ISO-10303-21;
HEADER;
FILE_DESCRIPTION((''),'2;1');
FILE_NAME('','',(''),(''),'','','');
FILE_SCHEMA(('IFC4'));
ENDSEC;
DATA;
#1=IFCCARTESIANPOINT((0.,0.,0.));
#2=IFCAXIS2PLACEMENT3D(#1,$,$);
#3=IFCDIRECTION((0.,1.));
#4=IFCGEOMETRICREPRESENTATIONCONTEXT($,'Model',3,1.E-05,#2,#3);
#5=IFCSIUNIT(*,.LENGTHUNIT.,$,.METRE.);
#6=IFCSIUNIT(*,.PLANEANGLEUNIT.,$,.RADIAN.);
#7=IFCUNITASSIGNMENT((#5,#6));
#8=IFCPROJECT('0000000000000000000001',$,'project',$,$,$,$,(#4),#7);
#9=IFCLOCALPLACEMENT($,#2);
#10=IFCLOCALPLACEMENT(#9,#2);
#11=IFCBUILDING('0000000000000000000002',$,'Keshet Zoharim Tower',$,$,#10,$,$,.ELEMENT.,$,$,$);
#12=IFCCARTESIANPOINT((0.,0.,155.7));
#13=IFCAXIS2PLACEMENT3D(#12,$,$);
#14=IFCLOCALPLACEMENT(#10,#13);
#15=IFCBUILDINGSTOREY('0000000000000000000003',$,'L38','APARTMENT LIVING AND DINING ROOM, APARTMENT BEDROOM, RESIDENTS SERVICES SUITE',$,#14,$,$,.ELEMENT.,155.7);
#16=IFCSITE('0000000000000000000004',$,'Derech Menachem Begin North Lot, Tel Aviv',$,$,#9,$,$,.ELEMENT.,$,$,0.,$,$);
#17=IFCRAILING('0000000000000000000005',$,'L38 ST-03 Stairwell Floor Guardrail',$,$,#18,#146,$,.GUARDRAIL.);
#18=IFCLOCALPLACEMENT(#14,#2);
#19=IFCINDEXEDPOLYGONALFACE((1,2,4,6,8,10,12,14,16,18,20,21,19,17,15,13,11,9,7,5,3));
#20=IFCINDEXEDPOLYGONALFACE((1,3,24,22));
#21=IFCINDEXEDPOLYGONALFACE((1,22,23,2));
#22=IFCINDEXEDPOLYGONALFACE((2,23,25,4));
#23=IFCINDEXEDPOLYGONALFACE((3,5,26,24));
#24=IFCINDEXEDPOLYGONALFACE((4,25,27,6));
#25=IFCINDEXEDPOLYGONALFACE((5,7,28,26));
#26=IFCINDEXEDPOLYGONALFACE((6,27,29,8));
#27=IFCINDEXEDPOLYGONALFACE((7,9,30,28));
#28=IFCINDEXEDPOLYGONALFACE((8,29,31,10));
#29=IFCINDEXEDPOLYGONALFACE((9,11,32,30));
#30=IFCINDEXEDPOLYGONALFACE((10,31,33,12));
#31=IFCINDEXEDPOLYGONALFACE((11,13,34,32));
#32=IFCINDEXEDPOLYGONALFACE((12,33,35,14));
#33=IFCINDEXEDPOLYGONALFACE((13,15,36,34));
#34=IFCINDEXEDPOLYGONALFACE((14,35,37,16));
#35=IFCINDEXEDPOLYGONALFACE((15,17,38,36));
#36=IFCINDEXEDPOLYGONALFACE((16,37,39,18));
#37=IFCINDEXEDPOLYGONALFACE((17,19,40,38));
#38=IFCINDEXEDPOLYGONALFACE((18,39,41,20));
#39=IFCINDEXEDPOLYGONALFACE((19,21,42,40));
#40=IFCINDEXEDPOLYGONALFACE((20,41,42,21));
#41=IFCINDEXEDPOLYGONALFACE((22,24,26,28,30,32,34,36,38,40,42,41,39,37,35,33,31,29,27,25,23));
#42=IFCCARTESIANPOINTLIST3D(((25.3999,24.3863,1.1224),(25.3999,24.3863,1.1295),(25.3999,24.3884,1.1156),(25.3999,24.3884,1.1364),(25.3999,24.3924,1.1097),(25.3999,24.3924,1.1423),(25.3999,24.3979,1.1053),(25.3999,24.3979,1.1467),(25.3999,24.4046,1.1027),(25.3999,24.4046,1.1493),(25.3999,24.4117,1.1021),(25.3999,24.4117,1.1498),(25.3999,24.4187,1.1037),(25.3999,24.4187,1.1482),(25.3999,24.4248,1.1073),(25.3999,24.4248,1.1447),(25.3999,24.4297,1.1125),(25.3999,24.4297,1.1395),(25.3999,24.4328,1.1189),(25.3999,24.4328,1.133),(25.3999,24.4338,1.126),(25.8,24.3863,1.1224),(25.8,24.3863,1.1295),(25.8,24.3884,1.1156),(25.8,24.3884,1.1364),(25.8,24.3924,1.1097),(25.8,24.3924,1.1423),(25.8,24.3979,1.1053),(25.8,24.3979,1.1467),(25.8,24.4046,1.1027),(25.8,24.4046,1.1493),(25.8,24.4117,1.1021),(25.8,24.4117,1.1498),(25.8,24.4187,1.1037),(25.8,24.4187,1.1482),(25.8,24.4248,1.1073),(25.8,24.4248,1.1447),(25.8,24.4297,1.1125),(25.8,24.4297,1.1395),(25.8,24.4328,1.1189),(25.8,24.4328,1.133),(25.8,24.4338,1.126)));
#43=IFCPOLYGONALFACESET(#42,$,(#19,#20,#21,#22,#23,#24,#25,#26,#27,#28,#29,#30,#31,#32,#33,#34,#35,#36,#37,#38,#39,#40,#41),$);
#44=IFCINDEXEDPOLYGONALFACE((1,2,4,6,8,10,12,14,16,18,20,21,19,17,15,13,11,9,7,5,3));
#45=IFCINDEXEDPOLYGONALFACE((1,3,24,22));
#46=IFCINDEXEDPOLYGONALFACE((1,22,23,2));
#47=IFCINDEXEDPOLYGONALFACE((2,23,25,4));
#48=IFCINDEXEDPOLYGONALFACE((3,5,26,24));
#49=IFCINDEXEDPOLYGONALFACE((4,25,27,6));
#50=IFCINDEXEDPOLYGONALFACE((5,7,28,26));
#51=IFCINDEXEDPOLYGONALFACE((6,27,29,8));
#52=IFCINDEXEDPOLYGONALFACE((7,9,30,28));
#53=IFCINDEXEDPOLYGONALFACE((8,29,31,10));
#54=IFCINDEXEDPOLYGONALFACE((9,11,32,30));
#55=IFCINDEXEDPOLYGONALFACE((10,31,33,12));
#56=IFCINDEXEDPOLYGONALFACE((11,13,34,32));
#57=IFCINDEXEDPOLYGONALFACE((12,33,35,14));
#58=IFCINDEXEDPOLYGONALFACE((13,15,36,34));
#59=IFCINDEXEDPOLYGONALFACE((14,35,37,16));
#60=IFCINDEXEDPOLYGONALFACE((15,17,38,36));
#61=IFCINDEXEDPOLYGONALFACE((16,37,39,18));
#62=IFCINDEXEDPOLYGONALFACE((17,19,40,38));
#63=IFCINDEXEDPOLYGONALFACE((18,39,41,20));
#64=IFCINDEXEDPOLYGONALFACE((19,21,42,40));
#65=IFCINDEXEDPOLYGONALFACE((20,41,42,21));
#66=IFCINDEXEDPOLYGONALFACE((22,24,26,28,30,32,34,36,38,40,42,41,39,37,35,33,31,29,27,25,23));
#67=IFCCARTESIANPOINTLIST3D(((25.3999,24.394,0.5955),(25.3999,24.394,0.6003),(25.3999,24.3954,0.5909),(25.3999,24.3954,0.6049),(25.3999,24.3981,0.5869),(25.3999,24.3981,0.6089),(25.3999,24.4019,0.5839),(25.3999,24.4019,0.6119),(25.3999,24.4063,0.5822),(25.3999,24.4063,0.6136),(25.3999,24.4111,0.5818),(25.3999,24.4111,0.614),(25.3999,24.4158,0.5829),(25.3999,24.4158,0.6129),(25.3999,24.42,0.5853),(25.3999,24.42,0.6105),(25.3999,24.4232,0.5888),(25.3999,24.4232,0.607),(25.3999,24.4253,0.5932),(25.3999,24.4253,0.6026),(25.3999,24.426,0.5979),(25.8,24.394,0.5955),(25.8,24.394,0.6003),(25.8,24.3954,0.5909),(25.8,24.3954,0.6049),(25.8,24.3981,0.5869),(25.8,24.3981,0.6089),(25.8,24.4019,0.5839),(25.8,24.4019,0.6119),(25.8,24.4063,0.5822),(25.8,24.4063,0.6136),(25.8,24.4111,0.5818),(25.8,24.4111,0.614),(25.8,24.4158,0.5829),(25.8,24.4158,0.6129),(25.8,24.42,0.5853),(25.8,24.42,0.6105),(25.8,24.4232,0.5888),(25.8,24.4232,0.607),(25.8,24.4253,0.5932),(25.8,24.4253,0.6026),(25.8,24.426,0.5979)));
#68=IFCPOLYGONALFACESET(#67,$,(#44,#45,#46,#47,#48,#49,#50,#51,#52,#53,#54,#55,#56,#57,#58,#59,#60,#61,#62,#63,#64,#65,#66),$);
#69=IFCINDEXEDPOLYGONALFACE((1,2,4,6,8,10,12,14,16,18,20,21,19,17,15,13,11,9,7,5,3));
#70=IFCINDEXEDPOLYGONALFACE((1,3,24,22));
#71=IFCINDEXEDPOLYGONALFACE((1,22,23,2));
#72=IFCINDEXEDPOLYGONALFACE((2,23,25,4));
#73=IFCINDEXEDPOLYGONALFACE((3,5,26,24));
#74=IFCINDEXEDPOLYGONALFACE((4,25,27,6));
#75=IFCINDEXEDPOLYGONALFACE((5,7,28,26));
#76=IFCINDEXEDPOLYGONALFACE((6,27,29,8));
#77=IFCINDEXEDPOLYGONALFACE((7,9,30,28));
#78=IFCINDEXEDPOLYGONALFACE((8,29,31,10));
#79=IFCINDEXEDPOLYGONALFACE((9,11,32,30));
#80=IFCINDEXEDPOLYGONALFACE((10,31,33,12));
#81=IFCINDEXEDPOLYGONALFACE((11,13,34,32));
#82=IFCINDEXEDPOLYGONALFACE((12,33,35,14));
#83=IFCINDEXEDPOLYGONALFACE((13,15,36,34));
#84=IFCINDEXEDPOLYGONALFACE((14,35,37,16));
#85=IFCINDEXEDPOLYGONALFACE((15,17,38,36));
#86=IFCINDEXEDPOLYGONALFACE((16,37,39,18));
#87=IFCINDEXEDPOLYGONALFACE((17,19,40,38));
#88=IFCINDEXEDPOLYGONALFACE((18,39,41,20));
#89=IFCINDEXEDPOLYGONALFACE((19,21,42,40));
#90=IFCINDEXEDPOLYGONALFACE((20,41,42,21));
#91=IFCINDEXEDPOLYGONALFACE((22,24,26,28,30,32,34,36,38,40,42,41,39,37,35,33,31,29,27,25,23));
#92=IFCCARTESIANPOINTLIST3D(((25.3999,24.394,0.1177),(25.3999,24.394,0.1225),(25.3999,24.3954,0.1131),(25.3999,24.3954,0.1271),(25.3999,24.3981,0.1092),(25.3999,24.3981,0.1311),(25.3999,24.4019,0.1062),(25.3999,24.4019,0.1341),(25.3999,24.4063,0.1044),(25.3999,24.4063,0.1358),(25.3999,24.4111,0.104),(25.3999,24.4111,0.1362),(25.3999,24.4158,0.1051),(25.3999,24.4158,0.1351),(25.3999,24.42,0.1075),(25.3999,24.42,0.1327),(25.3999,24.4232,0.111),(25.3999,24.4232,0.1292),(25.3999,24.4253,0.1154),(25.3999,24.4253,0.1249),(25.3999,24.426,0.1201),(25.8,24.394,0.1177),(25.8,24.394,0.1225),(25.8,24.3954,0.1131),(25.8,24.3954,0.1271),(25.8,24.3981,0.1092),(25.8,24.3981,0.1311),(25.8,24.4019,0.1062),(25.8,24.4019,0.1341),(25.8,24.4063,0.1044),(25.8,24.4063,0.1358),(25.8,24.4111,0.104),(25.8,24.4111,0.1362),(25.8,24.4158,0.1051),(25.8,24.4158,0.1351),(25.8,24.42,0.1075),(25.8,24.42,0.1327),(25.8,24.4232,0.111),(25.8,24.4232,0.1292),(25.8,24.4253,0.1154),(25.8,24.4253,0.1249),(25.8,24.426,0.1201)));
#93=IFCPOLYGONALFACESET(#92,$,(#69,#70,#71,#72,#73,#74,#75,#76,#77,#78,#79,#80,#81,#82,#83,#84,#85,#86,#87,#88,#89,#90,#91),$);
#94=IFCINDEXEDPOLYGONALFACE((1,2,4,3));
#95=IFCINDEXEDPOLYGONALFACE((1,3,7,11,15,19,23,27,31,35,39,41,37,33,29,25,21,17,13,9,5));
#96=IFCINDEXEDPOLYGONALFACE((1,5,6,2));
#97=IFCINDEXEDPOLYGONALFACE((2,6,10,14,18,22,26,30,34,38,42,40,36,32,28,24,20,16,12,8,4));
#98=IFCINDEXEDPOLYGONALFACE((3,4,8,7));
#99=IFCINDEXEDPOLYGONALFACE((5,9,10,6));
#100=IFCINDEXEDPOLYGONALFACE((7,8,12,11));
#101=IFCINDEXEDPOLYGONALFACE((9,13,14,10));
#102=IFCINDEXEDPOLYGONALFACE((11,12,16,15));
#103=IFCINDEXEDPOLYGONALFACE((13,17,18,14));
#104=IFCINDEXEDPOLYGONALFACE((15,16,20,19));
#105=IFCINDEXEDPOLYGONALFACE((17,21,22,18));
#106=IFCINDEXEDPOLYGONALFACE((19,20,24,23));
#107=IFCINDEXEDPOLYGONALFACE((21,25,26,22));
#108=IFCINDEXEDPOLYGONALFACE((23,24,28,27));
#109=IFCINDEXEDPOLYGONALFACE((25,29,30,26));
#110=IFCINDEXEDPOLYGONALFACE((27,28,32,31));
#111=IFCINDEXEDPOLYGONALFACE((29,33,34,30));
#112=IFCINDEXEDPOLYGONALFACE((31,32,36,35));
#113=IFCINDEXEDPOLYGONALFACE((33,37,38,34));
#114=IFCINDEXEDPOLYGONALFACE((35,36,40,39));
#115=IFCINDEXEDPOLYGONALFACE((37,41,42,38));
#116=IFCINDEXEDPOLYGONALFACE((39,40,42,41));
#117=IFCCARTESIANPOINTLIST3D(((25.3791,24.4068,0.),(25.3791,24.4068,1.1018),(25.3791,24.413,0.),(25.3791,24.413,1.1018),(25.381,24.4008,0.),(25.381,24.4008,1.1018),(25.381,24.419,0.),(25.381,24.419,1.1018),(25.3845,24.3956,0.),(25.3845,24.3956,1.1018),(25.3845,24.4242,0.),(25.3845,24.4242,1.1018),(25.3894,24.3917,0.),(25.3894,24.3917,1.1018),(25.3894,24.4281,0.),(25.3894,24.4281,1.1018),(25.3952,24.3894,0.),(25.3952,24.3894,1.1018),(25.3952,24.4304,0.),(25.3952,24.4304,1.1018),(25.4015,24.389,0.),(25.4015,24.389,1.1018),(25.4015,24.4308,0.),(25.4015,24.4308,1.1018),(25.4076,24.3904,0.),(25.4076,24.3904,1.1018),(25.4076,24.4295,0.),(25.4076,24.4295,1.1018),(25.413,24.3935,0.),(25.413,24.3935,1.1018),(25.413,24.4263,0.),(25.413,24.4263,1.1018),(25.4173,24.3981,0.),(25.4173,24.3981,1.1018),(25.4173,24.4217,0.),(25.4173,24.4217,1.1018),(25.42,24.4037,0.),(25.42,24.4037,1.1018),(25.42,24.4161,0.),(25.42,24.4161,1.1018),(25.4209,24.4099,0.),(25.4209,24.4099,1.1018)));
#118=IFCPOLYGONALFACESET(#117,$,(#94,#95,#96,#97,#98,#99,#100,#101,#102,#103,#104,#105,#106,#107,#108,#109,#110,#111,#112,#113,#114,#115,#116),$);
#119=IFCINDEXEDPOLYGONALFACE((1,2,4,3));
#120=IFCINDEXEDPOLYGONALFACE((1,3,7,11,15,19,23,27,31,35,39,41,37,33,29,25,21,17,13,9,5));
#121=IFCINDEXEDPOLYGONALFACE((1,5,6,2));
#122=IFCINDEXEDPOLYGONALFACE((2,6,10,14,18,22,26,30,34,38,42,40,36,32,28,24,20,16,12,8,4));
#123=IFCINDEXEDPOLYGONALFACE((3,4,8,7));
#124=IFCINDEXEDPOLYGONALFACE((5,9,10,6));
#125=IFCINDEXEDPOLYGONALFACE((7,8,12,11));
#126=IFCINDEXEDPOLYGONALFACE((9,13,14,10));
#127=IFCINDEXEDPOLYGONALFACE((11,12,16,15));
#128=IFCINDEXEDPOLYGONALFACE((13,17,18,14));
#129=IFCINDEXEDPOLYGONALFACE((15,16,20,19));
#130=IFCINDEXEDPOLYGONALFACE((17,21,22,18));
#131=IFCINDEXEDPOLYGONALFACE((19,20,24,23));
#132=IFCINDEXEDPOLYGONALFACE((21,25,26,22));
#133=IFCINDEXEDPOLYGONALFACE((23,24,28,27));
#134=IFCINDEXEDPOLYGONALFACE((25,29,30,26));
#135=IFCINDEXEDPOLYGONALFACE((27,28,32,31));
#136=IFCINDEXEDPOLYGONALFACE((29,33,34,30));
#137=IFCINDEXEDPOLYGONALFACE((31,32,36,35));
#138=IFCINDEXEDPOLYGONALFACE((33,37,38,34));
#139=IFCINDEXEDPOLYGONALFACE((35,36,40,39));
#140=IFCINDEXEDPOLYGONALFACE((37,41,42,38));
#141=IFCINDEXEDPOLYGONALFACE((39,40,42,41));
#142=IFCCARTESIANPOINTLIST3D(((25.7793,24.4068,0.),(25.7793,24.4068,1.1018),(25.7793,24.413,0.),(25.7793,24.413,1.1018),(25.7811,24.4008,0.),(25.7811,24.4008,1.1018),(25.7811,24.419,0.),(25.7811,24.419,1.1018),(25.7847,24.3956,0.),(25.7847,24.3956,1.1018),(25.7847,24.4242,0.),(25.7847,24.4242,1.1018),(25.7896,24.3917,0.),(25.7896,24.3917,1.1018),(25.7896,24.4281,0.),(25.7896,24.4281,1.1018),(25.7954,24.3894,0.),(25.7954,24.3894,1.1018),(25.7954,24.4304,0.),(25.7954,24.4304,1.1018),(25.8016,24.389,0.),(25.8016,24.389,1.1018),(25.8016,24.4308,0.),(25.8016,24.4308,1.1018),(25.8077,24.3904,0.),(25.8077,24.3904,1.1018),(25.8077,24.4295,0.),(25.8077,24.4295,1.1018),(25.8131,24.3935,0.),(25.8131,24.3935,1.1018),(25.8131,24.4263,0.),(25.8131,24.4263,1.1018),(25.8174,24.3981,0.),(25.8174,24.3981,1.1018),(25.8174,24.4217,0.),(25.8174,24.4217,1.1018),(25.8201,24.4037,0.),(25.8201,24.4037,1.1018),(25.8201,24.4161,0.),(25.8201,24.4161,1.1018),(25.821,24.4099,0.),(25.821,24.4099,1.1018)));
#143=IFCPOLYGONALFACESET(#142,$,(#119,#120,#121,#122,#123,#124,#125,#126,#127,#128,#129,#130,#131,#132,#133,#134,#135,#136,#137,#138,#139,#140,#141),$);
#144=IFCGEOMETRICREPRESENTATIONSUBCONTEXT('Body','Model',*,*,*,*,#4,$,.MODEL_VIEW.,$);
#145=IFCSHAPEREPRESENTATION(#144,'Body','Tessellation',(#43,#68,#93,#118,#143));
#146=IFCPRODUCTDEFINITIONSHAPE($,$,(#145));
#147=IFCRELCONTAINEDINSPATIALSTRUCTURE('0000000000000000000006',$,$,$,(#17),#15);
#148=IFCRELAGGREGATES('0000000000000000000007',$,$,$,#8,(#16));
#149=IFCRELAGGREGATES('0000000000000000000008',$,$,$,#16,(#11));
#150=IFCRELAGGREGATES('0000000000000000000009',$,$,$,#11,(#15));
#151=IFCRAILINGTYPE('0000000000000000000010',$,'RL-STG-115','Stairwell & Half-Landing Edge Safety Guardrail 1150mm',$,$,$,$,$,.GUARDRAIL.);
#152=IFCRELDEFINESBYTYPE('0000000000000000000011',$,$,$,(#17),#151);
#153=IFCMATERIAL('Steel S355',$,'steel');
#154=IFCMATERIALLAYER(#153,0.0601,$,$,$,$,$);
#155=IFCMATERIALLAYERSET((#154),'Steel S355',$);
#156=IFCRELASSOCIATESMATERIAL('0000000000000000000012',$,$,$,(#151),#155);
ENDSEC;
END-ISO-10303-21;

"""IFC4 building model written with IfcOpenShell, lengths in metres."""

from ifc_helpers import new_model, si_unit, direction, frame, origin, origin_2d, place, context, subcontext, project, spatial, circle, extrude, material, layer, layer_set, type_object, element, save


model = new_model("IFC4")

# Units and contexts
model_context = context("Model", 3, precision=1e-05, world=origin(), true_north=direction((0.0, 1.0)))
body_context = subcontext(model_context, "Body", "Model", "MODEL_VIEW")
ifc_project = project(units=[si_unit("LENGTHUNIT", "METRE"), si_unit("PLANEANGLEUNIT", "RADIAN")], contexts=[model_context])

# Site, building, storey
site_placement = place(None, origin())
site = spatial("IfcSite", under=ifc_project, at=site_placement, Name="Derech Menachem Begin North Lot, Tel Aviv", CompositionType="ELEMENT", RefElevation=0.0)
building_placement = place(site_placement, origin())
building = spatial("IfcBuilding", under=site, at=building_placement, Name="Keshet Zoharim Tower", CompositionType="ELEMENT")
storey_placement = place(building_placement, frame((0.0, 0.0, 155.7)))
storey = spatial("IfcBuildingStorey", under=building, at=storey_placement, Name="L38", Description="APARTMENT LIVING AND DINING ROOM, APARTMENT BEDROOM, RESIDENTS SERVICES SUITE", CompositionType="ELEMENT", Elevation=155.7)

# Railing
ifc_material_1 = material(Name="Steel S355", Category="steel")
ifc_layer_1 = layer(ifc_material_1, 0.0601)
ifc_layer_set_1 = layer_set([ifc_layer_1], Name="Steel S355")
railing_type_1 = type_object("IfcRailingType", Name="RL-STG-115", Description="Stairwell & Half-Landing Edge Safety Guardrail 1150mm", PredefinedType="GUARDRAIL", material=ifc_layer_set_1)
railing_1_placement = place(storey_placement, frame((25.3999, 24.4099, 0.0)))
element("IfcRailing", 1, at=railing_1_placement, inside=storey, type_object=railing_type_1, Name="L38 ST-03 Stairwell Floor Guardrail", PredefinedType="GUARDRAIL", context=body_context, shape_type="SweptSolid", body=[
    extrude(circle(Radius=0.0239, at=origin_2d()), frame((0.0, 0.0, 1.126), z_axis=(1.0, 0.0, 0.0), x_axis=(0.0, 1.0, 0.0)), (0.0, 0.0, 1.0), 0.4001),
    extrude(circle(Radius=0.0161, at=origin_2d()), frame((0.0, 0.0, 0.5979), z_axis=(1.0, 0.0, 0.0), x_axis=(0.0, 1.0, 0.0)), (0.0, 0.0, 1.0), 0.4001),
    extrude(circle(Radius=0.0161, at=origin_2d()), frame((0.0, 0.0, 0.1201), z_axis=(1.0, 0.0, 0.0), x_axis=(0.0, 1.0, 0.0)), (0.0, 0.0, 1.0), 0.4001),
    extrude(circle(Radius=0.021, at=origin_2d()), origin(), (0.0, 0.0, 1.0), 1.1018),
    extrude(circle(Radius=0.021, at=origin_2d()), frame((0.4001, 0.0, 0.0)), (0.0, 0.0, 1.0), 1.1018),
])

save(model, "model.ifc")
